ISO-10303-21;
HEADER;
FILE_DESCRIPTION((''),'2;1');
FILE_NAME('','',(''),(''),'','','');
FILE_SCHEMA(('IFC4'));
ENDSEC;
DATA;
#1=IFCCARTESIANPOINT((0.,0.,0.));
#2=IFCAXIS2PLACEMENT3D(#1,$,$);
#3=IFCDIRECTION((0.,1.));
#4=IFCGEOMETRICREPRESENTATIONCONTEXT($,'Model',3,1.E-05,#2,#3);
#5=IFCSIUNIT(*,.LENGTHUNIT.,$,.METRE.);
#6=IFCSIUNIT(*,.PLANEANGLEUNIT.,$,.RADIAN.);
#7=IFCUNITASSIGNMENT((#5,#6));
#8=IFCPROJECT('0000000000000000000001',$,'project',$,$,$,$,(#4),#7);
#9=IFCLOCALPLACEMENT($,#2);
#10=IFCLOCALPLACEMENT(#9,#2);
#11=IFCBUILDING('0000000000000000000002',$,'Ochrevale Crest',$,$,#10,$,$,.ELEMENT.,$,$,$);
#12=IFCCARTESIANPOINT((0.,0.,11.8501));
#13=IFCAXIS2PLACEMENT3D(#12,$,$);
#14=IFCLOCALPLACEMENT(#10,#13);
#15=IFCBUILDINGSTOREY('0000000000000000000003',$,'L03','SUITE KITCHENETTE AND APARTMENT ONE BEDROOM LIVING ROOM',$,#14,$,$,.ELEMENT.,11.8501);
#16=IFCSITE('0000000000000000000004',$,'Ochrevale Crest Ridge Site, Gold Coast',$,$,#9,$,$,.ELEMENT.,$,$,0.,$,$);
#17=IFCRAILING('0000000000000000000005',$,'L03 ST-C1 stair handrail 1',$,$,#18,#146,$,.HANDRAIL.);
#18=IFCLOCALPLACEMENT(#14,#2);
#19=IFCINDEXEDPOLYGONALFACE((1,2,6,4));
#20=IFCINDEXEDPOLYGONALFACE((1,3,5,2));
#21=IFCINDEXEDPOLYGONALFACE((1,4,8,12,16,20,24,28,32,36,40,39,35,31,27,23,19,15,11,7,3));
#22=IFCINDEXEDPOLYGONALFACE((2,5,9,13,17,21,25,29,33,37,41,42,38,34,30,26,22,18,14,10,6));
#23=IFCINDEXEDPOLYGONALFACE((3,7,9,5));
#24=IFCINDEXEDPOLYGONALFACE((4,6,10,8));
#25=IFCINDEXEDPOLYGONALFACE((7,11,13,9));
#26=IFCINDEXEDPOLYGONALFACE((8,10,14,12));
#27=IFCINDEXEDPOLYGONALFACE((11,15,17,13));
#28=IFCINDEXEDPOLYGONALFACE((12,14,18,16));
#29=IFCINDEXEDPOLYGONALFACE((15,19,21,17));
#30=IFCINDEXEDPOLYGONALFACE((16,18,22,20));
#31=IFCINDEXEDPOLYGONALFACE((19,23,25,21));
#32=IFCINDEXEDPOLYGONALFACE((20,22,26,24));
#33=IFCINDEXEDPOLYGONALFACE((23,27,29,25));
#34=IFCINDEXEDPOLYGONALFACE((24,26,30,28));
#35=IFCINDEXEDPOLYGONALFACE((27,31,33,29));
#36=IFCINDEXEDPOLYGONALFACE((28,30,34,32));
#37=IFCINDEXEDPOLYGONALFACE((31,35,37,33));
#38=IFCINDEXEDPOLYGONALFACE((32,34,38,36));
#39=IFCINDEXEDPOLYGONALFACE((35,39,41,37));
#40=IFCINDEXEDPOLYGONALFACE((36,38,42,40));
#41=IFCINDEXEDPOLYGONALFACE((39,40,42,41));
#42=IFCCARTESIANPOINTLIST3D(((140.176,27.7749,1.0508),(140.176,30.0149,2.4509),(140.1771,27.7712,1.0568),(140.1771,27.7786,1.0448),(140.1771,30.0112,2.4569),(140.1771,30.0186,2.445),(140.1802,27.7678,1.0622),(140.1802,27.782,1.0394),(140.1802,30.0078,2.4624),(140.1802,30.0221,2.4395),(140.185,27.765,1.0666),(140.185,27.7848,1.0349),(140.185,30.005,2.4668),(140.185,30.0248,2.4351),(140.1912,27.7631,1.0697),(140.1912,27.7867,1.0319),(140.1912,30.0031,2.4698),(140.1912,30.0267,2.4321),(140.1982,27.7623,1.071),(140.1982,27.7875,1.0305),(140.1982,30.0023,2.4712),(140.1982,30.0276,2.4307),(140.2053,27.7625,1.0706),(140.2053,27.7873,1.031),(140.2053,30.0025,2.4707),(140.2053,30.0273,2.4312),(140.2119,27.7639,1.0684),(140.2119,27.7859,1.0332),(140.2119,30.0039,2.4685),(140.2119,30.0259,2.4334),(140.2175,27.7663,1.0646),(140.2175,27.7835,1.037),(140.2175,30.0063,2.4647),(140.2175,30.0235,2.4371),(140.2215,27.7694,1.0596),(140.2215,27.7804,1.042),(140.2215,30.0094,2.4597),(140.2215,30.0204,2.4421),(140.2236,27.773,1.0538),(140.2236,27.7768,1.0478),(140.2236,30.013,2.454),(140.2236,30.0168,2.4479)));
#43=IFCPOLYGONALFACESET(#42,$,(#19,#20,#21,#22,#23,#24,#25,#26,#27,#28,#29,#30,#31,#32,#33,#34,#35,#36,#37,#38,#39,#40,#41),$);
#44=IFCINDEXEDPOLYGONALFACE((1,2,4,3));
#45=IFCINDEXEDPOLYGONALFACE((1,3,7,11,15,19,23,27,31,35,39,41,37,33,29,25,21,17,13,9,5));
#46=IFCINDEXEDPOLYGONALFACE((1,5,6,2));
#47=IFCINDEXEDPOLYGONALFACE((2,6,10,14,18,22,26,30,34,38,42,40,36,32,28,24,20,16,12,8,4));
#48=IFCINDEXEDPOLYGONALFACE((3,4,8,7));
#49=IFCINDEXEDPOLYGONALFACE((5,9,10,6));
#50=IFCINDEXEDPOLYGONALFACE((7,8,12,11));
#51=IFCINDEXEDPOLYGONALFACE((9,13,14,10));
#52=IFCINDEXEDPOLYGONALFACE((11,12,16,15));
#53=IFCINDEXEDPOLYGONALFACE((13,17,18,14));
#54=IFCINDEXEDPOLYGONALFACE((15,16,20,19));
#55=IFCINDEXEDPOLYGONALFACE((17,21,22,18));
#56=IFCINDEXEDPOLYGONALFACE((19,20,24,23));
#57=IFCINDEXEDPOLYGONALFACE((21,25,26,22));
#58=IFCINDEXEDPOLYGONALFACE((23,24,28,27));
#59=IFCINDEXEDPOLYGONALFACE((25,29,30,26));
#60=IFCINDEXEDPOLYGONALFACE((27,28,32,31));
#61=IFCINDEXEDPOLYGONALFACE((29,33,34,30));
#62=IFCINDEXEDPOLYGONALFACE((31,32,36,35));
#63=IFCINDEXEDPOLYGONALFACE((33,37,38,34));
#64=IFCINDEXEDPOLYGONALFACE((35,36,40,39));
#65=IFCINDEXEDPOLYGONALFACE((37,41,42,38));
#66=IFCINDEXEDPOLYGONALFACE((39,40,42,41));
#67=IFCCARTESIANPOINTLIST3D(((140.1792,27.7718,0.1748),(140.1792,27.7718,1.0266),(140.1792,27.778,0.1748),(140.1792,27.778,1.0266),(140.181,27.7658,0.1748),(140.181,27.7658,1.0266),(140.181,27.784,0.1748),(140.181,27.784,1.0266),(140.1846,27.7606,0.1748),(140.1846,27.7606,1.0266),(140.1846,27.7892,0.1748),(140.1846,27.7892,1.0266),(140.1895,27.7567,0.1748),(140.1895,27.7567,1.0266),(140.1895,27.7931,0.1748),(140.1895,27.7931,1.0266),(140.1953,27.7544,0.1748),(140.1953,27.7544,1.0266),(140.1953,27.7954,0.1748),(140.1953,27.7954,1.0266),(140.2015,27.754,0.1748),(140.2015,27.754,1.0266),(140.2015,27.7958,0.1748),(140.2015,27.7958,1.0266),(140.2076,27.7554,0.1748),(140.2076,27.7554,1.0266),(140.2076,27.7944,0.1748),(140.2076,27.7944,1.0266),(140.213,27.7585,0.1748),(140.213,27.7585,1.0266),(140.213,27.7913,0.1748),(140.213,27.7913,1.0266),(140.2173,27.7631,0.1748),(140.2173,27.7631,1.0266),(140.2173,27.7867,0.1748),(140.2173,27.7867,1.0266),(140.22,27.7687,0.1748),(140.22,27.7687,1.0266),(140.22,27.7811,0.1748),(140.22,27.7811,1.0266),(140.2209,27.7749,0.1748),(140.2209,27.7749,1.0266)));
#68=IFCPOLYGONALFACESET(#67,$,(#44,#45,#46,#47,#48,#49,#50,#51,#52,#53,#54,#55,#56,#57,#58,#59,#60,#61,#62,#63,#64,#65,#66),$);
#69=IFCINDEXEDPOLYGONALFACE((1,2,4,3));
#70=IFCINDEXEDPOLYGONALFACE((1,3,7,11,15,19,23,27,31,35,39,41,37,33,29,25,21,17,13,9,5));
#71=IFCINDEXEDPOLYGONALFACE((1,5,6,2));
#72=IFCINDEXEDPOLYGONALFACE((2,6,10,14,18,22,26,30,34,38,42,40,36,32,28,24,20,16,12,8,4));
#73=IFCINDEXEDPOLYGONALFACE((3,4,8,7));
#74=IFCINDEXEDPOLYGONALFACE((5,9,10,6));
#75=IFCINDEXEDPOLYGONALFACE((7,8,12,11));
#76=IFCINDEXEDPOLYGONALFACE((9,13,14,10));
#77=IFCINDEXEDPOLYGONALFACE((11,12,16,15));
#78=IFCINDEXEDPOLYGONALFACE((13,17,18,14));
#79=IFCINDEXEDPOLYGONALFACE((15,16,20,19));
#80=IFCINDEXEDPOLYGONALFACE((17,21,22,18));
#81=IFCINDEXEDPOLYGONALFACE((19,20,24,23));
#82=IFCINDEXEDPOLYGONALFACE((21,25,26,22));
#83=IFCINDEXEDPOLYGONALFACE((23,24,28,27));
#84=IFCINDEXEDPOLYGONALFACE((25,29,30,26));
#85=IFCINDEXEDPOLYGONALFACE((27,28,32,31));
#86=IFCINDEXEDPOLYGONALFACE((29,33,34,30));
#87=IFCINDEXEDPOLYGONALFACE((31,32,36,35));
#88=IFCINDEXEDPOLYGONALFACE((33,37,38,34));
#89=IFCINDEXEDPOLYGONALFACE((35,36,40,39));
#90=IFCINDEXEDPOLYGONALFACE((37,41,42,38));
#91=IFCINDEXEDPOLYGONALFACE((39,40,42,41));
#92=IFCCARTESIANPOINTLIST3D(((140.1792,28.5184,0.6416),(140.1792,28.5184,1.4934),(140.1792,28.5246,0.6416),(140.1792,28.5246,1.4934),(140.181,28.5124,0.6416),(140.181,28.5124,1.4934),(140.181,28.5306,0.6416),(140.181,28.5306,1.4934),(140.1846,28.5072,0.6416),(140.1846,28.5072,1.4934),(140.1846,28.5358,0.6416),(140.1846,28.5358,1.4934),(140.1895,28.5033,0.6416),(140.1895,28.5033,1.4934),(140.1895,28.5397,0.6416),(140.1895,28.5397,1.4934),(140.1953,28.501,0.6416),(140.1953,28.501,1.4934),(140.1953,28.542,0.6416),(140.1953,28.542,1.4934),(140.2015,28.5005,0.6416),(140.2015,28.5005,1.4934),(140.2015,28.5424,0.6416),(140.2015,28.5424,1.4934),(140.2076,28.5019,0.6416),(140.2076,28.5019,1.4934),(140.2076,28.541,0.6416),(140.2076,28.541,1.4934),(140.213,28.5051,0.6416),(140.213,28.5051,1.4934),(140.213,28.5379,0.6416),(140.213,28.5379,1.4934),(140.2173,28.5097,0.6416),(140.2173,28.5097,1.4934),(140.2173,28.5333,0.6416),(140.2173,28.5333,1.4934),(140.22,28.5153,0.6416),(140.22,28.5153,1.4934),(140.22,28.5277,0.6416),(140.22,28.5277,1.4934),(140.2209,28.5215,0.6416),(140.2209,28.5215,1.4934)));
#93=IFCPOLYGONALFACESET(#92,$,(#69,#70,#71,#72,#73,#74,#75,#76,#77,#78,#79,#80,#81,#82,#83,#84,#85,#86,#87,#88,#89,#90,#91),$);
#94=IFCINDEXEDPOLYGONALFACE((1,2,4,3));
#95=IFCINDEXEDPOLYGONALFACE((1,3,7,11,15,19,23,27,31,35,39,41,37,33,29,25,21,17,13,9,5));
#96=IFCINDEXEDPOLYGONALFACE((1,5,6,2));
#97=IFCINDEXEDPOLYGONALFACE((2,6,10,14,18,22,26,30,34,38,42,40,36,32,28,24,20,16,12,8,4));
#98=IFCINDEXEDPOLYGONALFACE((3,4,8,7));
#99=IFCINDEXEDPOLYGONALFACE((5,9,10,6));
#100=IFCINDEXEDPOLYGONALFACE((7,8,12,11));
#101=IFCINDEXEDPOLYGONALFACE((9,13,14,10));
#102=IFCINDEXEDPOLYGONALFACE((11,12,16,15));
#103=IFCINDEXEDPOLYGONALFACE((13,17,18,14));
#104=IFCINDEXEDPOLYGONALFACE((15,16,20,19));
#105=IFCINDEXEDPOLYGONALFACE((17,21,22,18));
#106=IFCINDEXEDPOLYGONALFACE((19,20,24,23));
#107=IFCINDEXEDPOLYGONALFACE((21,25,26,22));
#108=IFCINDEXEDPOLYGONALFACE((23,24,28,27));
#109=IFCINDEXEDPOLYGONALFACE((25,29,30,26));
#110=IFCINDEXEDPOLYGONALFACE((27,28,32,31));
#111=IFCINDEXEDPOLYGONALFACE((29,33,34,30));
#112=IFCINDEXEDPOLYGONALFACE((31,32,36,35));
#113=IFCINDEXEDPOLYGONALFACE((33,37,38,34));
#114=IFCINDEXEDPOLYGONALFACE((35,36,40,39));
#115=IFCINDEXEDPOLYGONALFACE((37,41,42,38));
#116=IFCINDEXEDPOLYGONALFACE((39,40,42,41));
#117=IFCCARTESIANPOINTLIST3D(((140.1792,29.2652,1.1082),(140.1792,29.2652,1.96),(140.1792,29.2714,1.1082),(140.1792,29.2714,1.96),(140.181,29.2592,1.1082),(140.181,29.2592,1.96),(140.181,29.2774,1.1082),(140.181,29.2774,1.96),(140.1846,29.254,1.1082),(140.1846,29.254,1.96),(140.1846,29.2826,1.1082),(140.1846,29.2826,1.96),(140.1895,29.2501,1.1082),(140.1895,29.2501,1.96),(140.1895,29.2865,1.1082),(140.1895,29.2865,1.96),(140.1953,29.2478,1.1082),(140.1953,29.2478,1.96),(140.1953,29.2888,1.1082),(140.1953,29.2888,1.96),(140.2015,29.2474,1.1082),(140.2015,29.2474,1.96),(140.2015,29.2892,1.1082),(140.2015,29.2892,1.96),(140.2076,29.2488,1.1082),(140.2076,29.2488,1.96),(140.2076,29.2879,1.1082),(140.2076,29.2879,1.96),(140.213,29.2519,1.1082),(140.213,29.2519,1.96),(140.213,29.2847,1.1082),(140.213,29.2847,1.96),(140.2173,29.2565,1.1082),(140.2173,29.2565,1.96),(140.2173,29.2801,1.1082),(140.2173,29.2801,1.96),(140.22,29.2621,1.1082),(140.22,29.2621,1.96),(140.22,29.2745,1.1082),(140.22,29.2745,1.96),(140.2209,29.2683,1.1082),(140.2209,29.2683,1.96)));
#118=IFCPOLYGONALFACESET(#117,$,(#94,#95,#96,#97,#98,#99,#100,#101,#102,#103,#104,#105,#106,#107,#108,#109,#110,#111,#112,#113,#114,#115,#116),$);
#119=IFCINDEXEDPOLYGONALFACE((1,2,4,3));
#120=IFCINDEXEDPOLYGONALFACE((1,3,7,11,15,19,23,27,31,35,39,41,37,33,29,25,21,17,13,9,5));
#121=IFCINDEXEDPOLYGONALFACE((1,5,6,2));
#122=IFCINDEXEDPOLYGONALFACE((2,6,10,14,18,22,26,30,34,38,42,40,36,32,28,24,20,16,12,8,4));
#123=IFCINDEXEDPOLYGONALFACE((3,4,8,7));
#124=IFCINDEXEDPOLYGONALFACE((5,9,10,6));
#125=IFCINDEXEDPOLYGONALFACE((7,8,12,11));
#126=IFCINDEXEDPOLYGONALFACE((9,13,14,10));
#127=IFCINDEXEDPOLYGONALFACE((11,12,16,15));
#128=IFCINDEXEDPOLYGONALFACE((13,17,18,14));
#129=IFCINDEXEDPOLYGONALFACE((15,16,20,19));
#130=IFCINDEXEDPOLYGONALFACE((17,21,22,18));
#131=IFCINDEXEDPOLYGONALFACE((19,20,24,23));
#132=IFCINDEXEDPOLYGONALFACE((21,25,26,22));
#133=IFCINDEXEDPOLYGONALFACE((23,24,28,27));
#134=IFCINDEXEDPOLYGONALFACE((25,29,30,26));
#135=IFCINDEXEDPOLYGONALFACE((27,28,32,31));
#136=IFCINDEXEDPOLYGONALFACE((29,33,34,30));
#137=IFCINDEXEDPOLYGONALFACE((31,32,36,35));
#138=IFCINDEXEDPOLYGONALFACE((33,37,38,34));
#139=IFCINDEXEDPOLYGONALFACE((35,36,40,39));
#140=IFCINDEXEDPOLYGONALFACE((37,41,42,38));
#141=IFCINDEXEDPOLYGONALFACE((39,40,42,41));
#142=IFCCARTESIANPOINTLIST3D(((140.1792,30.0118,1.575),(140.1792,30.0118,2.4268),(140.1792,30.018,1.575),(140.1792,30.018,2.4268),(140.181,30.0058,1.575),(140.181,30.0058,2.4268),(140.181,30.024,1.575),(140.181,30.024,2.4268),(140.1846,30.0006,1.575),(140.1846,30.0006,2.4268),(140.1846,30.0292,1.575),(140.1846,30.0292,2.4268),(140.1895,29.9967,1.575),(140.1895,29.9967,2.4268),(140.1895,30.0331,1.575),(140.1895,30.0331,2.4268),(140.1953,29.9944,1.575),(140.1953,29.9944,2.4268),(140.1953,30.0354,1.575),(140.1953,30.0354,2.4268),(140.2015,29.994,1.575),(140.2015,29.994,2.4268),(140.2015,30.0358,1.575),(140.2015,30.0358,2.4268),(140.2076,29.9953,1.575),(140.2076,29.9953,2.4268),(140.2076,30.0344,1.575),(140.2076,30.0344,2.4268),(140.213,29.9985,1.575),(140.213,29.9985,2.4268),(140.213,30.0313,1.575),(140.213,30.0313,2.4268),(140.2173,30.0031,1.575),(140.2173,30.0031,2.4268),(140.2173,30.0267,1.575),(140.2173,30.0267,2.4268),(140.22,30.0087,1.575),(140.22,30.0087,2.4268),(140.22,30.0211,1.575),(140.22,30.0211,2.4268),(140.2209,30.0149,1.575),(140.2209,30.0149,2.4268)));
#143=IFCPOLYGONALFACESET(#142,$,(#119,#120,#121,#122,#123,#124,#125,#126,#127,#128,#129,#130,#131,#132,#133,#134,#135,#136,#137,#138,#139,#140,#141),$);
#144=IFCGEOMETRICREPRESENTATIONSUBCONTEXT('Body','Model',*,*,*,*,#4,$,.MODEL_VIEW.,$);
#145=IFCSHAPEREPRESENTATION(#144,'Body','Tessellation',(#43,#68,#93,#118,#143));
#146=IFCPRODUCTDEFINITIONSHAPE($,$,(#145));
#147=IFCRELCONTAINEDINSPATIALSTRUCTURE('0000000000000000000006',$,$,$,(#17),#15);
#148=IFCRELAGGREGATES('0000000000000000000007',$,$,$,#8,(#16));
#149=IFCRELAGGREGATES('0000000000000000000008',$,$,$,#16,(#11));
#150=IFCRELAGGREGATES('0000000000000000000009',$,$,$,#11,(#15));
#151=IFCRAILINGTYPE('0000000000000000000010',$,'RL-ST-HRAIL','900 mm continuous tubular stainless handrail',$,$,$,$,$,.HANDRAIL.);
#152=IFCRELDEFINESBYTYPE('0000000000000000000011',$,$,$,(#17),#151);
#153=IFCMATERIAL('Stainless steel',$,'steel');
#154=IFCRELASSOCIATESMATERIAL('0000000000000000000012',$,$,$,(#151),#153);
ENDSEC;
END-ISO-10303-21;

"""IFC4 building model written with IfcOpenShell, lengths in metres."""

from ifc_helpers import new_model, si_unit, direction, frame, origin, origin_2d, place, context, subcontext, project, spatial, circle, extrude, material, type_object, element, save


model = new_model("IFC4")

# Units and contexts
model_context = context("Model", 3, precision=1e-05, world=origin(), true_north=direction((0.0, 1.0)))
body_context = subcontext(model_context, "Body", "Model", "MODEL_VIEW")
ifc_project = project(units=[si_unit("LENGTHUNIT", "METRE"), si_unit("PLANEANGLEUNIT", "RADIAN")], contexts=[model_context])

# Site, building, storey
site_placement = place(None, origin())
site = spatial("IfcSite", under=ifc_project, at=site_placement, Name="Ochrevale Crest Ridge Site, Gold Coast", CompositionType="ELEMENT", RefElevation=0.0)
building_placement = place(site_placement, origin())
building = spatial("IfcBuilding", under=site, at=building_placement, Name="Ochrevale Crest", CompositionType="ELEMENT")
storey_placement = place(building_placement, frame((0.0, 0.0, 11.8501)))
storey = spatial("IfcBuildingStorey", under=building, at=storey_placement, Name="L03", Description="SUITE KITCHENETTE AND APARTMENT ONE BEDROOM LIVING ROOM", CompositionType="ELEMENT", Elevation=11.8501)

# Railing
ifc_material_1 = material(Name="Stainless steel", Category="steel")
railing_type_1 = type_object("IfcRailingType", Name="RL-ST-HRAIL", Description="900 mm continuous tubular stainless handrail", PredefinedType="HANDRAIL", material=ifc_material_1)
railing_1_placement = place(storey_placement, frame((140.2, 27.7749, 0.1748)))
element("IfcRailing", 1, at=railing_1_placement, inside=storey, type_object=railing_type_1, Name="L03 ST-C1 stair handrail 1", PredefinedType="HANDRAIL", context=body_context, shape_type="SweptSolid", body=[
    extrude(circle(Radius=0.0239, at=origin_2d()), frame((0.0, 0.0, 0.876), z_axis=(0.0, 0.847972, 0.53004), x_axis=(-1.0, 0.0, 0.0)), (0.0, 0.0, 1.0), 2.6416),
    extrude(circle(Radius=0.021, at=origin_2d()), origin(), (0.0, 0.0, 1.0), 0.8518),
    extrude(circle(Radius=0.021, at=origin_2d()), frame((0.0, 0.7466, 0.4668)), (0.0, 0.0, 1.0), 0.8518),
    extrude(circle(Radius=0.021, at=origin_2d()), frame((0.0, 1.4934, 0.9333)), (0.0, 0.0, 1.0), 0.8518),
    extrude(circle(Radius=0.021, at=origin_2d()), frame((0.0, 2.24, 1.4001)), (0.0, 0.0, 1.0), 0.8518),
])

save(model, "model.ifc")
